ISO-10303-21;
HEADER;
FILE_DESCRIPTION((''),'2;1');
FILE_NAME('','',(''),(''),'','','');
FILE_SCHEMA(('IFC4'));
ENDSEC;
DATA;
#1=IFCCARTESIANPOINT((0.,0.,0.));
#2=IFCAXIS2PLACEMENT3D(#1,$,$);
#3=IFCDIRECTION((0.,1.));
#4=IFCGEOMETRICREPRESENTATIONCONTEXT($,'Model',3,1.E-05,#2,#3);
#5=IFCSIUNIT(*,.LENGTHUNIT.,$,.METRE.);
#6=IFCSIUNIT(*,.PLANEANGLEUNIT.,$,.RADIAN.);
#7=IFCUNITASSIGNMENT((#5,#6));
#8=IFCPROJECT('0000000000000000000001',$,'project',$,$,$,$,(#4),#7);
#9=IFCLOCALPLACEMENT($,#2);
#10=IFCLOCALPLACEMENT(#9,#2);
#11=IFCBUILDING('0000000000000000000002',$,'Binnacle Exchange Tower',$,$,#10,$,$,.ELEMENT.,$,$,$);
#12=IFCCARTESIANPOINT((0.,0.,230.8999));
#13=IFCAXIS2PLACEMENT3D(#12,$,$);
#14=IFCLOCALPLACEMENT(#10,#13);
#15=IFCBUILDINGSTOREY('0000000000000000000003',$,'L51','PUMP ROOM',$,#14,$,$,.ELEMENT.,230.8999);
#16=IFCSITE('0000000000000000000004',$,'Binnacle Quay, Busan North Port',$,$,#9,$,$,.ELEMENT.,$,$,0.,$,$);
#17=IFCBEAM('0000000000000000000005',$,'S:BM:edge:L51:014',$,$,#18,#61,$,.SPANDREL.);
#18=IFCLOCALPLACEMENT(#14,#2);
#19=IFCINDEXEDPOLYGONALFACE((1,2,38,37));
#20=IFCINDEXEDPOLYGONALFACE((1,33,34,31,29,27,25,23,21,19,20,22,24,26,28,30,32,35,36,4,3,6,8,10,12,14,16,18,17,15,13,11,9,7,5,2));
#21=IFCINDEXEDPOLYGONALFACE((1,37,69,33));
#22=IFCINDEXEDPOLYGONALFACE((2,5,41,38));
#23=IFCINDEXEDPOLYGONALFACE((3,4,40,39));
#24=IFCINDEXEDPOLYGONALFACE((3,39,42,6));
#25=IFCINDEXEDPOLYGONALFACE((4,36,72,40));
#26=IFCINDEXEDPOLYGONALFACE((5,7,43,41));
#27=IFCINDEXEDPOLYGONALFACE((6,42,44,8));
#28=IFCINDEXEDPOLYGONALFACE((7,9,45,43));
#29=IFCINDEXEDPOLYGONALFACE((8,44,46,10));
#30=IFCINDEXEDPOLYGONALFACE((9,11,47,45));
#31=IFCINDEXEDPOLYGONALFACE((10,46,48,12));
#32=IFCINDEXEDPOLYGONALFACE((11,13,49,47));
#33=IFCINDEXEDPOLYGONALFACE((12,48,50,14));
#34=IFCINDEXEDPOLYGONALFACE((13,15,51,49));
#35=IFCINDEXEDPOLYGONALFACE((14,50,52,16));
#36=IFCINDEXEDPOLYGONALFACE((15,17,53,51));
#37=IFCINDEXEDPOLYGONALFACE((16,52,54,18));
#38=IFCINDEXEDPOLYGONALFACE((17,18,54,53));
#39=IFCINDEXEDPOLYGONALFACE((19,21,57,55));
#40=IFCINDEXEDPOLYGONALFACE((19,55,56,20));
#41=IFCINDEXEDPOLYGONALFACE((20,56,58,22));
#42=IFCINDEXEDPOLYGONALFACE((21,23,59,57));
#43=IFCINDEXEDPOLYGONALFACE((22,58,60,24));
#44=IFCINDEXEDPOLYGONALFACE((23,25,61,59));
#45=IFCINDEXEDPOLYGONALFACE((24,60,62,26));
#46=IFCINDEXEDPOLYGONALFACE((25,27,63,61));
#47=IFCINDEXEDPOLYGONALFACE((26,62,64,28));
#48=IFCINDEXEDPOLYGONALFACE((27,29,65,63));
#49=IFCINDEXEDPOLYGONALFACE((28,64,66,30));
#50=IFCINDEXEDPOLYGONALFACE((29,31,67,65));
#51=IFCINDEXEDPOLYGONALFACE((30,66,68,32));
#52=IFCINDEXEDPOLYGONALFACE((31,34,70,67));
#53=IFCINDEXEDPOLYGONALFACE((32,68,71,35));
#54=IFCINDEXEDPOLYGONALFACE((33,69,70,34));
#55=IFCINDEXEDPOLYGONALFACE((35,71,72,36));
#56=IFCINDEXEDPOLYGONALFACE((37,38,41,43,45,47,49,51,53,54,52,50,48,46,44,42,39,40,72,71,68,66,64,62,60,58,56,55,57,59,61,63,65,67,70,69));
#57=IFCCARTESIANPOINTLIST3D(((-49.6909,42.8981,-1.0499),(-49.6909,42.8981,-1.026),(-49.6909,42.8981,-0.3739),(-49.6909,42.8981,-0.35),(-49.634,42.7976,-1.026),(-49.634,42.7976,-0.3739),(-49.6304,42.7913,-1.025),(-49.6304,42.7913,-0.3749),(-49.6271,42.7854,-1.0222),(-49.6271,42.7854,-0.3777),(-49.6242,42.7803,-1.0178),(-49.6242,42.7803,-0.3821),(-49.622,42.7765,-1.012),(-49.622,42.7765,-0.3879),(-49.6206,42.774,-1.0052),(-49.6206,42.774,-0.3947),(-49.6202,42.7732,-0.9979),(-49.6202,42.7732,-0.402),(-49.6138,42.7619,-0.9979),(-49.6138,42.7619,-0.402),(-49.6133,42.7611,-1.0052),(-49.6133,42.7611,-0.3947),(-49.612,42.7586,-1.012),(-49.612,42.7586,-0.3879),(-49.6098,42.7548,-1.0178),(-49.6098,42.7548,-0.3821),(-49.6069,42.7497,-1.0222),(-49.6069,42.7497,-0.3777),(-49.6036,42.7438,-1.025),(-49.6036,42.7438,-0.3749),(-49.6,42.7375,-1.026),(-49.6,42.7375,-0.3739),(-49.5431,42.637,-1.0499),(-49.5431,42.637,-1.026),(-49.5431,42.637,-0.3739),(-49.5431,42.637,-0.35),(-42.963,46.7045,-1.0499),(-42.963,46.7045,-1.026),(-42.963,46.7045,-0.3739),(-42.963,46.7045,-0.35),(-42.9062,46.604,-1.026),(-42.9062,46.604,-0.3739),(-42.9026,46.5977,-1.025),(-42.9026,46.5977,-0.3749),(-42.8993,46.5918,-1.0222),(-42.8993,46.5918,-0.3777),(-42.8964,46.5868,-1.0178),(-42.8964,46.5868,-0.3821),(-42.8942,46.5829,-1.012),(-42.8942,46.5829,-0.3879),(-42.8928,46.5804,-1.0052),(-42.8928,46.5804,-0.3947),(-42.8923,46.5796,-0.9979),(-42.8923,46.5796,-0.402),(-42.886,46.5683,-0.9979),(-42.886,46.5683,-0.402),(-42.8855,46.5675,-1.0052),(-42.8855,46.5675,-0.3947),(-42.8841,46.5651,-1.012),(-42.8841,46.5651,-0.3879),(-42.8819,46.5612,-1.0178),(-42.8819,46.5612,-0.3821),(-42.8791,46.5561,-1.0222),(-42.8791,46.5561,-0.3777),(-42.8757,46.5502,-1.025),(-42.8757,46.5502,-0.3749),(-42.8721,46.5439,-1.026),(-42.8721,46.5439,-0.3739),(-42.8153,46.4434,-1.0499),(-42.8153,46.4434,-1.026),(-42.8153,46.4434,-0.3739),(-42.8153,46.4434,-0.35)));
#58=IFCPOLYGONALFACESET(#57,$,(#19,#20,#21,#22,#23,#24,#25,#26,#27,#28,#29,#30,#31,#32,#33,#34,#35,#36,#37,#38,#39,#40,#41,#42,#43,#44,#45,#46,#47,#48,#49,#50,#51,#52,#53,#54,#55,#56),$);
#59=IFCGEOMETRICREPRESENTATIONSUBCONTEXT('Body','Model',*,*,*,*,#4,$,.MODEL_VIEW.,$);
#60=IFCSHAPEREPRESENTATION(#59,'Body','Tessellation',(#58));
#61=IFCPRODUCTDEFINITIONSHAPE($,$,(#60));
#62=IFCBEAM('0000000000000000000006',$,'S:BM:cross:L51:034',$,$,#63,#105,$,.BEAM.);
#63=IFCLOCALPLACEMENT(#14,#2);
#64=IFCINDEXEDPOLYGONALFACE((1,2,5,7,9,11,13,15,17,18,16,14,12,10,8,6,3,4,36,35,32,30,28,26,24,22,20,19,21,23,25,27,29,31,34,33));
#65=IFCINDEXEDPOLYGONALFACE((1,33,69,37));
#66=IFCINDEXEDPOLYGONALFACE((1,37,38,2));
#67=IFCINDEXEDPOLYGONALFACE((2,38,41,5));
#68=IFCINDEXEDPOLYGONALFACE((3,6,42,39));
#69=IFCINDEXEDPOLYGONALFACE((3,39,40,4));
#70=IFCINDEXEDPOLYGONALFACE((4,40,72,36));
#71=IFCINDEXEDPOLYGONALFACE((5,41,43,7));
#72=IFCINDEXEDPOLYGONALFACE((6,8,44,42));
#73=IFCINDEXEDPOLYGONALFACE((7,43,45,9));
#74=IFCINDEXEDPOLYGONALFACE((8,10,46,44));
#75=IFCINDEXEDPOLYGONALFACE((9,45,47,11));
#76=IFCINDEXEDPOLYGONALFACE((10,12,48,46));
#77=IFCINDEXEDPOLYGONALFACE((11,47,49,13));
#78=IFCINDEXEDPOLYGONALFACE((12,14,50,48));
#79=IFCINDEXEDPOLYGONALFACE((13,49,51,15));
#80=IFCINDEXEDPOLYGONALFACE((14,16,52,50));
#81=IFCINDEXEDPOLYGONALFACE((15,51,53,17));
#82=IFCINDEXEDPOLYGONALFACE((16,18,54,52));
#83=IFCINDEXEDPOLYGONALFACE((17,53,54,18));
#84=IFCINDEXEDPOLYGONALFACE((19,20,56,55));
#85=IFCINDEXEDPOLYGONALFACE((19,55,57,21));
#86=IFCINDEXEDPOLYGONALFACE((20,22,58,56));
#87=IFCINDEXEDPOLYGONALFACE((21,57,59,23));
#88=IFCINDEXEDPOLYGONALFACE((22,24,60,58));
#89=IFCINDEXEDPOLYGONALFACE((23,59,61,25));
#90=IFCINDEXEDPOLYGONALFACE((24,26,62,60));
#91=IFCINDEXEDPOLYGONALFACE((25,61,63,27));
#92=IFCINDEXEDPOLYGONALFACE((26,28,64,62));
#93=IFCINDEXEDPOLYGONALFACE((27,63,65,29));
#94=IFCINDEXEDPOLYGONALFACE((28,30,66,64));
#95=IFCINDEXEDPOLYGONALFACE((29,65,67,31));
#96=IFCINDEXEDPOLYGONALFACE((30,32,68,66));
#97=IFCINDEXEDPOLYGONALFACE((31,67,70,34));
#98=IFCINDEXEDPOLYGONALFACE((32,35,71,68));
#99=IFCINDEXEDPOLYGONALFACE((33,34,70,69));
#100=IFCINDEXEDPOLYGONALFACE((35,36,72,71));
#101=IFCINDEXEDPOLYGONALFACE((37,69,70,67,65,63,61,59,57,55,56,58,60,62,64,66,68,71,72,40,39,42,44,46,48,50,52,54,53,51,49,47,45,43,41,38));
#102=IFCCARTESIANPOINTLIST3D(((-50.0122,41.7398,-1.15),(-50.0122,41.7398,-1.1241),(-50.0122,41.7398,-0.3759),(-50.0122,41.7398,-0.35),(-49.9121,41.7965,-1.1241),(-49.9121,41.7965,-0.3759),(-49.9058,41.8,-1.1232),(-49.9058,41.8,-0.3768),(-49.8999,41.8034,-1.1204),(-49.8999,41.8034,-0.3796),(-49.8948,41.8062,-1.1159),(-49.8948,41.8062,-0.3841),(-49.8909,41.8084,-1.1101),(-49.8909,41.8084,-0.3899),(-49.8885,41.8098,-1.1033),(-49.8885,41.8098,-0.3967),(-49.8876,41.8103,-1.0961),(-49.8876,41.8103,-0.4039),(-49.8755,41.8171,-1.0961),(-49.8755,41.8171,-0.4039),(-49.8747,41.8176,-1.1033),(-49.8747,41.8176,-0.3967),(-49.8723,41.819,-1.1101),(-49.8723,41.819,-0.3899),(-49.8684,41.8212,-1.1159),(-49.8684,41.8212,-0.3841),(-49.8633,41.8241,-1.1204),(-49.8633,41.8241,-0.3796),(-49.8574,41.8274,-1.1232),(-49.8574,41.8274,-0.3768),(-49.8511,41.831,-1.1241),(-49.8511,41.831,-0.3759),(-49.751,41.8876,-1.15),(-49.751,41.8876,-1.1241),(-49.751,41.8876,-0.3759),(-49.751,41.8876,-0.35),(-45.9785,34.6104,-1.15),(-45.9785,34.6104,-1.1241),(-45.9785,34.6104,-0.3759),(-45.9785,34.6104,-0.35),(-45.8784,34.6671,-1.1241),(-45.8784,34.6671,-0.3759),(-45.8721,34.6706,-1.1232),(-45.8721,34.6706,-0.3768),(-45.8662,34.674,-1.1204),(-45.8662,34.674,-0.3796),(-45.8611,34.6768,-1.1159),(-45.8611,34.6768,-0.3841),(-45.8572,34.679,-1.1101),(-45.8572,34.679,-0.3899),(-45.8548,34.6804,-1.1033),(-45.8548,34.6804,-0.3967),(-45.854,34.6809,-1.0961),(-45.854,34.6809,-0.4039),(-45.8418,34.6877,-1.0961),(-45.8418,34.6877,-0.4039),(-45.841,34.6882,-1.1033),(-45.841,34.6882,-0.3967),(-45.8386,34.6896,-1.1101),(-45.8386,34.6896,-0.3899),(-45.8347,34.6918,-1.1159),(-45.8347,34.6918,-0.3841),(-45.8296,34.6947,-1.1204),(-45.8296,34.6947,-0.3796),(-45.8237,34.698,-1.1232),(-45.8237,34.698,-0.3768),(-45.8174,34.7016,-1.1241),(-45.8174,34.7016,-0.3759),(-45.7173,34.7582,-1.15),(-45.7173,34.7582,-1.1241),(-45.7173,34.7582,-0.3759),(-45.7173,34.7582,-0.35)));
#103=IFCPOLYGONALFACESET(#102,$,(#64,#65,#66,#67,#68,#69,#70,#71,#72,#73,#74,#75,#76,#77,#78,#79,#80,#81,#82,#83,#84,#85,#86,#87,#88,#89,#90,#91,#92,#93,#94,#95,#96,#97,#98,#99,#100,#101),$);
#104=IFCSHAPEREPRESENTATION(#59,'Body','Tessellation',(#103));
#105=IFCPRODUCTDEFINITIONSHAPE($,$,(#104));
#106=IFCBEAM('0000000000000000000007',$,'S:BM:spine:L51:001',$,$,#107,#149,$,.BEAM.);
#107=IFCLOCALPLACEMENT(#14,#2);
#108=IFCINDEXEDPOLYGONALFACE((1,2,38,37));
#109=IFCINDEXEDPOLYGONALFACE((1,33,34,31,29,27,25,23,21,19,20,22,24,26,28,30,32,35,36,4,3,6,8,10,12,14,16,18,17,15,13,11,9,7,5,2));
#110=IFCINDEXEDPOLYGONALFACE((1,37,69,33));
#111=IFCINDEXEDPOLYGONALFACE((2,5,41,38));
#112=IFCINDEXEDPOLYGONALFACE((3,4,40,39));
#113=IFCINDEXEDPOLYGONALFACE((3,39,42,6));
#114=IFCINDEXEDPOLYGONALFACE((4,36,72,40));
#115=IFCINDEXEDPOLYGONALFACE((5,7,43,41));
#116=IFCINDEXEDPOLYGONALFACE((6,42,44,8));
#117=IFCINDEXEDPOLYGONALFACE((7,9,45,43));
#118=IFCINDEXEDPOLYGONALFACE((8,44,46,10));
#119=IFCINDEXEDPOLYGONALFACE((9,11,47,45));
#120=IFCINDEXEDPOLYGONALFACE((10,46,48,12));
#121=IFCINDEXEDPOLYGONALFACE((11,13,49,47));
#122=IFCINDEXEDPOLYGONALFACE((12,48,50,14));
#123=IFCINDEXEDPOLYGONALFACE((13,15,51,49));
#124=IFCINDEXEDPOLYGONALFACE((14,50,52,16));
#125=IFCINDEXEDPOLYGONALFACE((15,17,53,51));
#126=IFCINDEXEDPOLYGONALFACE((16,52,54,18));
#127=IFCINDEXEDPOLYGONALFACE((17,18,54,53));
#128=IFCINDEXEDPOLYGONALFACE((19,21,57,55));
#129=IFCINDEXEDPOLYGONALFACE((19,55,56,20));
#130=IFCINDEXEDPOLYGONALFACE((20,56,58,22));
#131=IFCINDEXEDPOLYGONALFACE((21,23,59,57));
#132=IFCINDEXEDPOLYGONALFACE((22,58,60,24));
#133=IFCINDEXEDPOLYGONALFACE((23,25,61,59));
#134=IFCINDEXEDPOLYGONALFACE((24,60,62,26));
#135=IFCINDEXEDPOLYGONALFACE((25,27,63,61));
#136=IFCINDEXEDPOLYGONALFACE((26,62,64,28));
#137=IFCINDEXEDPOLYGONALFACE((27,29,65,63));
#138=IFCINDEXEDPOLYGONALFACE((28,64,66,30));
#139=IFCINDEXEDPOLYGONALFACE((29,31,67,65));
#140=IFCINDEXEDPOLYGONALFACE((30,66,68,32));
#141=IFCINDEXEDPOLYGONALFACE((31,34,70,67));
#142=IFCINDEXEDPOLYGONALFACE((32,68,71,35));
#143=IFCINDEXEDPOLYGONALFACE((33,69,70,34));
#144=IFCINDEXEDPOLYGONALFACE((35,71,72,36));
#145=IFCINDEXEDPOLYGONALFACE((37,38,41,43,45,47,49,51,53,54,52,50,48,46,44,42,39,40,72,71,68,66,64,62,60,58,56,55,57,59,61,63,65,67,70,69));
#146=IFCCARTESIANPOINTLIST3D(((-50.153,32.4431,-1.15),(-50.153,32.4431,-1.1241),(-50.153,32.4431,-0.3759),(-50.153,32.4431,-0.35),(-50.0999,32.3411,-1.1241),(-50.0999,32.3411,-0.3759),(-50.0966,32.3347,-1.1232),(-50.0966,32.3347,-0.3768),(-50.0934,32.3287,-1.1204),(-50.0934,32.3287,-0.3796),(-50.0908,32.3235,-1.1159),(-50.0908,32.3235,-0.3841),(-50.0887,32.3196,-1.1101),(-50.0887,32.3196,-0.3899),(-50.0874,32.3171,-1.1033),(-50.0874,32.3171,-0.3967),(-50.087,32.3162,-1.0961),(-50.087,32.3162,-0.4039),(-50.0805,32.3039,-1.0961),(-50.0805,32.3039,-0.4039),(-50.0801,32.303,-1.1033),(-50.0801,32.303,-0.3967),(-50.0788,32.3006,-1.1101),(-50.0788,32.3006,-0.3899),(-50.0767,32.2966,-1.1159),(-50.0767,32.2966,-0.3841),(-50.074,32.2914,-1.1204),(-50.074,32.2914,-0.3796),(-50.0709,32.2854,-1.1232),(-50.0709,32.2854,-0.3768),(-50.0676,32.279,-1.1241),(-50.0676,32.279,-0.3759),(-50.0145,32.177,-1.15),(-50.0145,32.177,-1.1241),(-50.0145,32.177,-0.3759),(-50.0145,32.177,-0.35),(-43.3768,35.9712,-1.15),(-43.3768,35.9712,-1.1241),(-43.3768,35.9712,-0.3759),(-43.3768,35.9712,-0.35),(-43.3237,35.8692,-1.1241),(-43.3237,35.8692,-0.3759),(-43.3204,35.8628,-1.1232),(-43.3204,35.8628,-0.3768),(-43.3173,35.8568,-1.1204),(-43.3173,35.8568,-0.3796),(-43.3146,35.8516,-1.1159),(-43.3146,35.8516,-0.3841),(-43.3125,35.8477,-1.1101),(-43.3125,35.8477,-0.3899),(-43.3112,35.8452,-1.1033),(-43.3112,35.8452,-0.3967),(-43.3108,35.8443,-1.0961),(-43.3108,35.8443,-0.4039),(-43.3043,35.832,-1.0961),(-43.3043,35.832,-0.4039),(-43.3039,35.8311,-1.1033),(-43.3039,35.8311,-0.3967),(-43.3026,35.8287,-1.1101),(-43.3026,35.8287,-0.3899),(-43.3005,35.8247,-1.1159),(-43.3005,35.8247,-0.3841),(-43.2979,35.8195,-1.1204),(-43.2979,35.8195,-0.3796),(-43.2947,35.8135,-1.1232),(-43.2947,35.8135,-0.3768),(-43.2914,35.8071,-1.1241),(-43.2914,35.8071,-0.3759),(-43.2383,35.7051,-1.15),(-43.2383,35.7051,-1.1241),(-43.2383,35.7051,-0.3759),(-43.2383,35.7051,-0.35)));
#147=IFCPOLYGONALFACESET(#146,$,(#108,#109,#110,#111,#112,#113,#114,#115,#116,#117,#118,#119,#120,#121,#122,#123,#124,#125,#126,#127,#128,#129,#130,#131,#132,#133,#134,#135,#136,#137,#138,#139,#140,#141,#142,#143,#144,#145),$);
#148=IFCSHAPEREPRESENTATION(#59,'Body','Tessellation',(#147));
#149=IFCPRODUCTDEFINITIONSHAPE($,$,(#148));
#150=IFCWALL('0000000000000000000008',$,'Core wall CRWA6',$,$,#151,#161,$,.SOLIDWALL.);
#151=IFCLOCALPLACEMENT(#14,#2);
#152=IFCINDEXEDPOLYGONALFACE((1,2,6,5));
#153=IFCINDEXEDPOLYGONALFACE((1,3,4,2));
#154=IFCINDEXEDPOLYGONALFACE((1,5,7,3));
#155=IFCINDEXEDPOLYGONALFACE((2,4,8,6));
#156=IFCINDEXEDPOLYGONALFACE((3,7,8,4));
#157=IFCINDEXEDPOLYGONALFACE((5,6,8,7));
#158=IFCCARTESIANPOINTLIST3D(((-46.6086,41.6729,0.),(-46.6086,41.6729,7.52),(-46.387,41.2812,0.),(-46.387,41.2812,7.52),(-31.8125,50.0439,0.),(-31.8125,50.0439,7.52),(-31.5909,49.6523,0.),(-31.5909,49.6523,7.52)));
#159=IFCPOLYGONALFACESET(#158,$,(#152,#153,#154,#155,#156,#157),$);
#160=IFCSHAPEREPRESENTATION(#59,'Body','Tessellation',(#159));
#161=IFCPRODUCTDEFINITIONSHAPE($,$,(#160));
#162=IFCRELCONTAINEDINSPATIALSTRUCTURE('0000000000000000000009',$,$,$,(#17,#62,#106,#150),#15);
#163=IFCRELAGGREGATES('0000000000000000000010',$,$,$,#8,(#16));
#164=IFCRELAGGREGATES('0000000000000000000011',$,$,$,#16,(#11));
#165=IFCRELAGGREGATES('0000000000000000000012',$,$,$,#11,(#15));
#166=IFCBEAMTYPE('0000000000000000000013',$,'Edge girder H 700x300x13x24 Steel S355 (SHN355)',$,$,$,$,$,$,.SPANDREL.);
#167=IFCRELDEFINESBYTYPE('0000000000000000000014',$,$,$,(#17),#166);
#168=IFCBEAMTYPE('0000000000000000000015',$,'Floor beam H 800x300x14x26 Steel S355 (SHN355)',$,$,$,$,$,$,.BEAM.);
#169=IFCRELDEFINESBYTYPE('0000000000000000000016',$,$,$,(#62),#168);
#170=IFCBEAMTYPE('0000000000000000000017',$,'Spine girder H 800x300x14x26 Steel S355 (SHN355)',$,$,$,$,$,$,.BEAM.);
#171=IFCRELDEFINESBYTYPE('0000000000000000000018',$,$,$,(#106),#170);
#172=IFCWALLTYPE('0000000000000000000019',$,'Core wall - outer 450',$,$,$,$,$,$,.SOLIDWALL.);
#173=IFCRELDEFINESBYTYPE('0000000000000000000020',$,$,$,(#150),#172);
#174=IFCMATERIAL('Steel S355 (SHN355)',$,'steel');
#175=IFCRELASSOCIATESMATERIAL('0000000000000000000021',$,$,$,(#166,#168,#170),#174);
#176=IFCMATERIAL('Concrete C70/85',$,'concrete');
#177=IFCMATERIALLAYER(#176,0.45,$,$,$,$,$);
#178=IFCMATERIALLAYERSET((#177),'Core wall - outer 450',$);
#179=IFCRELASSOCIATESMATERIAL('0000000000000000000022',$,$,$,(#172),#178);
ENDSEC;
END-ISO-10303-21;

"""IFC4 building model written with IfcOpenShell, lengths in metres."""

from ifc_helpers import new_model, si_unit, direction, frame, frame_2d, origin, origin_2d, place, context, subcontext, project, spatial, rectangle, i_section, extrude, material, layer, layer_set, material_profile, profile_set, type_object, element, save


model = new_model("IFC4")

# Units and contexts
model_context = context("Model", 3, precision=1e-05, world=origin(), true_north=direction((0.0, 1.0)))
body_context = subcontext(model_context, "Body", "Model", "MODEL_VIEW")
ifc_project = project(units=[si_unit("LENGTHUNIT", "METRE"), si_unit("PLANEANGLEUNIT", "RADIAN")], contexts=[model_context])

# Site, building, storey
site_placement = place(None, origin())
site = spatial("IfcSite", under=ifc_project, at=site_placement, Name="Binnacle Quay, Busan North Port", CompositionType="ELEMENT", RefElevation=0.0)
building_placement = place(site_placement, origin())
building = spatial("IfcBuilding", under=site, at=building_placement, Name="Binnacle Exchange Tower", CompositionType="ELEMENT")
storey_placement = place(building_placement, frame((0.0, 0.0, 230.8999)))
storey = spatial("IfcBuildingStorey", under=building, at=storey_placement, Name="L51", Description="PUMP ROOM", CompositionType="ELEMENT", Elevation=230.8999)

# Beams
ifc_material_1 = material(Name="Steel S355 (SHN355)", Category="steel")
ifc_material_profile_1 = material_profile(ifc_material_1, i_section(OverallWidth=0.3, OverallDepth=0.7, WebThickness=0.0129, FlangeThickness=0.0239, FilletRadius=0.0281, at=origin_2d()), Name="H 700x300x13x24")
ifc_profile_set_1 = profile_set([ifc_material_profile_1], Name="Steel S355 (SHN355)")
beam_type_1 = type_object("IfcBeamType", Name="Edge girder H 700x300x13x24 Steel S355 (SHN355)", PredefinedType="SPANDREL", material=ifc_profile_set_1)
beam_1_placement = place(storey_placement, frame((-42.8892, 46.574, -0.7), z_axis=(-0.870356, -0.492424, 0.0), x_axis=(0.492424, -0.870356, 0.0)))
element("IfcBeam", 1, at=beam_1_placement, inside=storey, type_object=beam_type_1, Name="S:BM:edge:L51:014", PredefinedType="SPANDREL", context=body_context, shape_type="SweptSolid", body=[
    extrude(i_section(OverallWidth=0.3, OverallDepth=0.7, WebThickness=0.0129, FlangeThickness=0.0239, FilletRadius=0.0281, at=origin_2d()), origin(), (0.0, 0.0, 1.0), 7.73),
])
ifc_material_profile_2 = material_profile(ifc_material_1, i_section(OverallWidth=0.3, OverallDepth=0.8, WebThickness=0.0139, FlangeThickness=0.0259, FilletRadius=0.0281, at=origin_2d()), Name="H 800x300x14x26")
ifc_profile_set_2 = profile_set([ifc_material_profile_2], Name="Steel S355 (SHN355)")
beam_type_2 = type_object("IfcBeamType", Name="Floor beam H 800x300x14x26 Steel S355 (SHN355)", PredefinedType="BEAM", material=ifc_profile_set_2)
beam_2_placement = place(storey_placement, frame((-49.8816, 41.8137, -0.75), z_axis=(0.49243, -0.870352, 0.0), x_axis=(0.870352, 0.49243, 0.0)))
element("IfcBeam", 2, at=beam_2_placement, inside=storey, type_object=beam_type_2, Name="S:BM:cross:L51:034", PredefinedType="BEAM", context=body_context, shape_type="SweptSolid", body=[
    extrude(i_section(OverallWidth=0.3, OverallDepth=0.8, WebThickness=0.0139, FlangeThickness=0.0259, FilletRadius=0.0281, at=origin_2d()), origin(), (0.0, 0.0, 1.0), 8.1914),
])
ifc_material_profile_3 = material_profile(ifc_material_1, i_section(OverallWidth=0.3, OverallDepth=0.8, WebThickness=0.0139, FlangeThickness=0.0259, FilletRadius=0.0281, at=origin_2d()), Name="H 800x300x14x26")
ifc_profile_set_3 = profile_set([ifc_material_profile_3], Name="Steel S355 (SHN355)")
beam_type_3 = type_object("IfcBeamType", Name="Spine girder H 800x300x14x26 Steel S355 (SHN355)", PredefinedType="BEAM", material=ifc_profile_set_3)
beam_3_placement = place(storey_placement, frame((-50.0837, 32.3101, -0.75), z_axis=(0.886976, 0.461816, 0.0), x_axis=(-0.461816, 0.886976, 0.0)))
element("IfcBeam", 3, at=beam_3_placement, inside=storey, type_object=beam_type_3, Name="S:BM:spine:L51:001", PredefinedType="BEAM", context=body_context, shape_type="SweptSolid", body=[
    extrude(i_section(OverallWidth=0.3, OverallDepth=0.8, WebThickness=0.0139, FlangeThickness=0.0259, FilletRadius=0.0281, at=origin_2d()), origin(), (0.0, 0.0, 1.0), 7.6396),
])

# Wall
ifc_material_2 = material(Name="Concrete C70/85", Category="concrete")
ifc_layer_1 = layer(ifc_material_2, 0.45)
ifc_layer_set_1 = layer_set([ifc_layer_1], Name="Core wall - outer 450")
wall_type_1 = type_object("IfcWallType", Name="Core wall - outer 450", PredefinedType="SOLIDWALL", material=ifc_layer_set_1)
wall_1_placement = place(storey_placement, frame((-46.4978, 41.4771, 0.0), z_axis=(0.0, 0.0, 1.0), x_axis=(0.87036, 0.492416, 0.0)))
element("IfcWall", 4, at=wall_1_placement, inside=storey, type_object=wall_type_1, Name="Core wall CRWA6", PredefinedType="SOLIDWALL", context=body_context, shape_type="SweptSolid", body=[
    extrude(rectangle(XDim=17.0, YDim=0.45, at=frame_2d((8.5, 0.0))), origin(), (0.0, 0.0, 1.0), 7.52),
])

save(model, "model.ifc")
